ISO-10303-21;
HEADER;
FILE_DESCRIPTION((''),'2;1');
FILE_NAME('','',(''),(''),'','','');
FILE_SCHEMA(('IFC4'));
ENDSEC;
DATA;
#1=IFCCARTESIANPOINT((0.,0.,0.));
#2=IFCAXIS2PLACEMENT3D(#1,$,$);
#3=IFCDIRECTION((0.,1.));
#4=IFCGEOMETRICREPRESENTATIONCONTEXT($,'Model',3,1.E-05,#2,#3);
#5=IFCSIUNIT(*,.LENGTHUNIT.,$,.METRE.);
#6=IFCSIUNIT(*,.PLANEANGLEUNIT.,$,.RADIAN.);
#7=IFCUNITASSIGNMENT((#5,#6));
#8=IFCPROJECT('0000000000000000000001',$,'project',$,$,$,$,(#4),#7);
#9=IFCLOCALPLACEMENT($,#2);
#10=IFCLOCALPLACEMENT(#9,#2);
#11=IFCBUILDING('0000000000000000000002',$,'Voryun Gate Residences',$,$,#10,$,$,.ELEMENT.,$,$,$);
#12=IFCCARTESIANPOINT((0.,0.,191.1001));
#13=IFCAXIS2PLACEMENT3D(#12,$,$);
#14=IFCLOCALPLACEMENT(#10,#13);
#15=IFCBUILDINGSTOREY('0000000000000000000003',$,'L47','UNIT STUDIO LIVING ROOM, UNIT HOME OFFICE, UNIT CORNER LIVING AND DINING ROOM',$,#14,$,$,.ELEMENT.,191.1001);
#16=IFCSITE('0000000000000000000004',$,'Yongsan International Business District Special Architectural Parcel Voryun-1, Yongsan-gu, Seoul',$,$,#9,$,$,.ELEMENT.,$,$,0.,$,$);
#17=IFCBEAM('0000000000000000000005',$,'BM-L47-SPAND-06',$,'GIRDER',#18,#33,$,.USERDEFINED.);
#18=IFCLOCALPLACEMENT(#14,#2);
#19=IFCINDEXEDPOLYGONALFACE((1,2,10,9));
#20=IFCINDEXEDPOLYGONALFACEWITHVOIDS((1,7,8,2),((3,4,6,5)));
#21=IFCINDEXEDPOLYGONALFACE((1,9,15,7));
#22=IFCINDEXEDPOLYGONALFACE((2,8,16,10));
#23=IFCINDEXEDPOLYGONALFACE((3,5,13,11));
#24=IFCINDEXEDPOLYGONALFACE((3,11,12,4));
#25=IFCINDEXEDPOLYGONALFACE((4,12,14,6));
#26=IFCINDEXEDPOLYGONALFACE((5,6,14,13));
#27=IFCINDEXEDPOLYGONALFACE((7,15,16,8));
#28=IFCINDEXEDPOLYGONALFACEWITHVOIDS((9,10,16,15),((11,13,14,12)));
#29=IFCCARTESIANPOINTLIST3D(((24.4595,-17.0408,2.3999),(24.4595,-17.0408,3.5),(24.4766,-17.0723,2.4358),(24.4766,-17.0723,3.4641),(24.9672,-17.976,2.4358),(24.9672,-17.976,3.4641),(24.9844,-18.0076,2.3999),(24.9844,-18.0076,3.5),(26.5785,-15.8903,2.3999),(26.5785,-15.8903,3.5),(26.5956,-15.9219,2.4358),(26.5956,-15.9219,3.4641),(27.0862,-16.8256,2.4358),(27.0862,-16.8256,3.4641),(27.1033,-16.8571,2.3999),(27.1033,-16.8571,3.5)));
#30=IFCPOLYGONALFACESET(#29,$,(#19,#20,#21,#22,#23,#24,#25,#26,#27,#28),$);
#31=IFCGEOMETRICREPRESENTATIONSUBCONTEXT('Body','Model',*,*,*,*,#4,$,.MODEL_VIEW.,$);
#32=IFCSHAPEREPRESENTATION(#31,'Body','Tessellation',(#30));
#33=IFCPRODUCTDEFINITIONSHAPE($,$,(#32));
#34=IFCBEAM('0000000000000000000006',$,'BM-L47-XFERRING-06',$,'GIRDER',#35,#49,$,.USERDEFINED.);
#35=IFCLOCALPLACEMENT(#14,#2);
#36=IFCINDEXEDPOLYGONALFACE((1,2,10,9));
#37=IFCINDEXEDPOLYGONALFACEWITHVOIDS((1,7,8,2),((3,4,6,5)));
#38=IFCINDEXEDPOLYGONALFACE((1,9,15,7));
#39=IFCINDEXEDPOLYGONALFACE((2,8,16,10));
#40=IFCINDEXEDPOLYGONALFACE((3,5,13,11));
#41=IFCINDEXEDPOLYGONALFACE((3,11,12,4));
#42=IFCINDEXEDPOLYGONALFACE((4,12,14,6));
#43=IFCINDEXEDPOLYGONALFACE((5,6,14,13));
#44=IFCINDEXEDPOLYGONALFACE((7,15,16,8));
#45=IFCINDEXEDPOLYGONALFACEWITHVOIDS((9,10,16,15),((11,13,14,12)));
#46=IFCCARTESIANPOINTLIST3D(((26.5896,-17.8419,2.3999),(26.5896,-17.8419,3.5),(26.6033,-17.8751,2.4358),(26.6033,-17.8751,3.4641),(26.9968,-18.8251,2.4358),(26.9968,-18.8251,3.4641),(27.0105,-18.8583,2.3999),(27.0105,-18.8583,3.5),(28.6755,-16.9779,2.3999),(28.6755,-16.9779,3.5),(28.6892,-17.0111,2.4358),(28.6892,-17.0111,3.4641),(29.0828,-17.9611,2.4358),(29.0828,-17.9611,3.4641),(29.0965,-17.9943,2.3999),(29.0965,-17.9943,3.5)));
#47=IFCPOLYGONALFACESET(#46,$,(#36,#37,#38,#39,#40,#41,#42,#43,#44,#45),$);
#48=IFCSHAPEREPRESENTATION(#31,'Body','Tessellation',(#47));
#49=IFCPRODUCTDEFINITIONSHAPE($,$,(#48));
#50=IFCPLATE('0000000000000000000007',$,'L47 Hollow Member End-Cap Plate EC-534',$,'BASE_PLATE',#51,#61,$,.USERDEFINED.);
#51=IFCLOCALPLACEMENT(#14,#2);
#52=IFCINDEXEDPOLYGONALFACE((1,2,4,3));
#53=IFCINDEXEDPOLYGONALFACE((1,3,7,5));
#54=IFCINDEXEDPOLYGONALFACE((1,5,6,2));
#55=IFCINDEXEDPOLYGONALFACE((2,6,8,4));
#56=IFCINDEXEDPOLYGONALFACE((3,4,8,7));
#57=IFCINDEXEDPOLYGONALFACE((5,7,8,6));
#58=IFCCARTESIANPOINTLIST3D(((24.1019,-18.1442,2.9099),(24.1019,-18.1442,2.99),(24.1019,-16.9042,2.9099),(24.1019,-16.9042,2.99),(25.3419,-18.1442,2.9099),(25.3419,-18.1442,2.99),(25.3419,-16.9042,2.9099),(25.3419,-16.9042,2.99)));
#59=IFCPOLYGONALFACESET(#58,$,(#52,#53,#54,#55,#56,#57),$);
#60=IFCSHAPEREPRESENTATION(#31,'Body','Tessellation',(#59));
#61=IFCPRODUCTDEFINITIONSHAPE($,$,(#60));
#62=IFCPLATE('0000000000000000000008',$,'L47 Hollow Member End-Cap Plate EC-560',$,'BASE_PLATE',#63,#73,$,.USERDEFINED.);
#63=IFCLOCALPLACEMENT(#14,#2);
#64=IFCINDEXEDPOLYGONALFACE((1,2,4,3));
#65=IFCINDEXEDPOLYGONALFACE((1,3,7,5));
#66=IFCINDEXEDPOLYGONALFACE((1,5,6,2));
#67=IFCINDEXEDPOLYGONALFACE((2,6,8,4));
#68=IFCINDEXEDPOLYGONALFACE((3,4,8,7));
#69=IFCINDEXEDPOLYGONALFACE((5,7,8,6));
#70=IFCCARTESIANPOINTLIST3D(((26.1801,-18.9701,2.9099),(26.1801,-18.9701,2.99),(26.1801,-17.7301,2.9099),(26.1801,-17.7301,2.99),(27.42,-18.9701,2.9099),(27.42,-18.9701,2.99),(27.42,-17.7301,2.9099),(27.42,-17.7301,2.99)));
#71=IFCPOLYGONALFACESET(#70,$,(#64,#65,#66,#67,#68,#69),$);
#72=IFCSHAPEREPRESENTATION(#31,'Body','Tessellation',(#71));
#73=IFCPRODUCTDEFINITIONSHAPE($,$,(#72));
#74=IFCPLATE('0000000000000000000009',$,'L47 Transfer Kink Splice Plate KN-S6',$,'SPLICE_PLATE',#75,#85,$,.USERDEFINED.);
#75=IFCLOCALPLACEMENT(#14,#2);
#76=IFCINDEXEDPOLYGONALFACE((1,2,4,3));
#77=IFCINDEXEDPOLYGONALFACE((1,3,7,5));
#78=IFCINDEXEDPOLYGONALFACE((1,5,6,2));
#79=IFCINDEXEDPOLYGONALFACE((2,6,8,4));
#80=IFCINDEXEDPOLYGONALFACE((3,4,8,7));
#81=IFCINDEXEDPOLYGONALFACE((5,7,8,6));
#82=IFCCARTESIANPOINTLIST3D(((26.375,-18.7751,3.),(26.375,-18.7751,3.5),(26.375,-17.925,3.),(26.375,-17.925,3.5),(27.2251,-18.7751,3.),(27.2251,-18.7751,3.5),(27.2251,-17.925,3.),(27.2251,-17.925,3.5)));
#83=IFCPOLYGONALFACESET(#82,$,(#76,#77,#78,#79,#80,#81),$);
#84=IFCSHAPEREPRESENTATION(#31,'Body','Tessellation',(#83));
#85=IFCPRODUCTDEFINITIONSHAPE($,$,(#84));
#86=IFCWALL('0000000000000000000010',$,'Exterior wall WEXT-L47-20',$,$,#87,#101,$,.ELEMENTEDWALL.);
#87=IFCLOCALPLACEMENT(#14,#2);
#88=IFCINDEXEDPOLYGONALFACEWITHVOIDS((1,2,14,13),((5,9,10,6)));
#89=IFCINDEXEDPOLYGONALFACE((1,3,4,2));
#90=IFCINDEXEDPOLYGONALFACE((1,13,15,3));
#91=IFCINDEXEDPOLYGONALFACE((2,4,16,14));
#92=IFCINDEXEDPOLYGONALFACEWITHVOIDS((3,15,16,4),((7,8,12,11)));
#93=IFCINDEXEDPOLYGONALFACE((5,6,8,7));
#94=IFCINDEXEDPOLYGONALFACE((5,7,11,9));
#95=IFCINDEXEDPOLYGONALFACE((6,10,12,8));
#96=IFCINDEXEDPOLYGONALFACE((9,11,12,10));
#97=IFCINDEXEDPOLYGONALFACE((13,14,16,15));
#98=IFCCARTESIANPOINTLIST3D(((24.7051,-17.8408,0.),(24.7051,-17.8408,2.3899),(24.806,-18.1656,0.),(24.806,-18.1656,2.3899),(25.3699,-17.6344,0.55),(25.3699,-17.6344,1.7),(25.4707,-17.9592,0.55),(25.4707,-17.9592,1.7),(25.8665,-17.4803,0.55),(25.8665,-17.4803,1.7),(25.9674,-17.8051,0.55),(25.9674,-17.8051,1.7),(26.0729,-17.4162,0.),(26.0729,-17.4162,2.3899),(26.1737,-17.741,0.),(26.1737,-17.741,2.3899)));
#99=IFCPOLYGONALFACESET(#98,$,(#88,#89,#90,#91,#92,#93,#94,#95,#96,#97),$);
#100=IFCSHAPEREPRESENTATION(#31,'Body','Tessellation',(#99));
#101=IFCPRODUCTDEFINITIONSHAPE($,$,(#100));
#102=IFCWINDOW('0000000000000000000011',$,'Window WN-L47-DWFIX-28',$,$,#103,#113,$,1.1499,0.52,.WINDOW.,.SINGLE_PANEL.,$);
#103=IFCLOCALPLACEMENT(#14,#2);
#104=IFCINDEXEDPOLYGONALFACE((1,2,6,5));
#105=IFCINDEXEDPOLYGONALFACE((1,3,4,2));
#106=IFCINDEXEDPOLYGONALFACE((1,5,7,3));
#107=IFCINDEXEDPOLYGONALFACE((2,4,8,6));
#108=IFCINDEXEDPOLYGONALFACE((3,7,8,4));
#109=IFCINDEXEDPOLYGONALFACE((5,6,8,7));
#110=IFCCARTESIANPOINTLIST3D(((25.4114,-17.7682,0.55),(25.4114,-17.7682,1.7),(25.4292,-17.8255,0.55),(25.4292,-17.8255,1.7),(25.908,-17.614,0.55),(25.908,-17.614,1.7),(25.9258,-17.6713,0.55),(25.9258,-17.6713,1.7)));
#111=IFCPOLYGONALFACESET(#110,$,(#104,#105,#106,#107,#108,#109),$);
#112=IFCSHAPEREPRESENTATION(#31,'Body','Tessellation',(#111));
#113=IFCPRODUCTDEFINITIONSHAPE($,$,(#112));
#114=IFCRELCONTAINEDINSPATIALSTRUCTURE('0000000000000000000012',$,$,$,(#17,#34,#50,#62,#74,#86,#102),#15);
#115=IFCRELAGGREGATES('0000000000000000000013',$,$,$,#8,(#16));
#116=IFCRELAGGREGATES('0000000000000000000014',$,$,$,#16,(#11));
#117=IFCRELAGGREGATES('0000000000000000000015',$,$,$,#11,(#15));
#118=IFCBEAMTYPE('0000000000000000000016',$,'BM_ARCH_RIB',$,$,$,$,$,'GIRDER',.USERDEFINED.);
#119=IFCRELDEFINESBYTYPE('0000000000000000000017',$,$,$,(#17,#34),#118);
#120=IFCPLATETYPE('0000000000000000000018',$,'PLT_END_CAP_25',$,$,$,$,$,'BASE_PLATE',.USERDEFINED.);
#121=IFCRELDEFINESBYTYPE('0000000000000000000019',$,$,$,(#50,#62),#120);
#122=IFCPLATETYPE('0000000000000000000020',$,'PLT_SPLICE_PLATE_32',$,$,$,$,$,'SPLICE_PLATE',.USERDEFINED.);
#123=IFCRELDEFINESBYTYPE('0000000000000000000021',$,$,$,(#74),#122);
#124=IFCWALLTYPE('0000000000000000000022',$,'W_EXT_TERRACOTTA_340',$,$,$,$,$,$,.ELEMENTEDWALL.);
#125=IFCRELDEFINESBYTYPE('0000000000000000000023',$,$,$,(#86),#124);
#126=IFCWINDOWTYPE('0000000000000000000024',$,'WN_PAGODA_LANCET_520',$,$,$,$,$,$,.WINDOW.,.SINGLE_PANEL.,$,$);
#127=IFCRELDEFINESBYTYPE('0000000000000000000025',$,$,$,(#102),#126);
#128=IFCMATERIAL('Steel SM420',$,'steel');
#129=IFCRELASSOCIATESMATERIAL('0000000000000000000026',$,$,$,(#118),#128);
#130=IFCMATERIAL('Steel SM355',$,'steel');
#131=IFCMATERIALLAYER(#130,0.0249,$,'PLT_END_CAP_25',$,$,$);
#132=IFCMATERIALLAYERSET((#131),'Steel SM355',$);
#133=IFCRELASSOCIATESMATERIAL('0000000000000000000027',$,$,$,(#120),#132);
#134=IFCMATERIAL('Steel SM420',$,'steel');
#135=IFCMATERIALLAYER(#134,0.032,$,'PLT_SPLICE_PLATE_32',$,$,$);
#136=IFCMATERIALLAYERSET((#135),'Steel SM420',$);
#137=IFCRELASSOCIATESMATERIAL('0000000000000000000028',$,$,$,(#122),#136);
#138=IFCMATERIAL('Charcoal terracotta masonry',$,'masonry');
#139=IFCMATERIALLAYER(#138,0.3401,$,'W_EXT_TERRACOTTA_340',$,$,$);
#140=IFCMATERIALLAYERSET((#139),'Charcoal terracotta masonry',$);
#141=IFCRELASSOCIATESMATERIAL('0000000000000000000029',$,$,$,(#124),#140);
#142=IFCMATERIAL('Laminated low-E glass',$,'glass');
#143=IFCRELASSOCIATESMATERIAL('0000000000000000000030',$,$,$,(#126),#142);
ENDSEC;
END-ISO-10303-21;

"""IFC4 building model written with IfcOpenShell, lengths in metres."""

from ifc_helpers import new_model, si_unit, direction, frame, frame_2d, origin, origin_2d, place, context, subcontext, project, spatial, rectangle, hollow_rectangle, extrude, material, layer, layer_set, material_profile, profile_set, type_object, element, fill, save


model = new_model("IFC4")

# Units and contexts
model_context = context("Model", 3, precision=1e-05, world=origin(), true_north=direction((0.0, 1.0)))
body_context = subcontext(model_context, "Body", "Model", "MODEL_VIEW")
ifc_project = project(units=[si_unit("LENGTHUNIT", "METRE"), si_unit("PLANEANGLEUNIT", "RADIAN")], contexts=[model_context])

# Site, building, storey
site_placement = place(None, origin())
site = spatial("IfcSite", under=ifc_project, at=site_placement, Name="Yongsan International Business District Special Architectural Parcel Voryun-1, Yongsan-gu, Seoul", CompositionType="ELEMENT", RefElevation=0.0)
building_placement = place(site_placement, origin())
building = spatial("IfcBuilding", under=site, at=building_placement, Name="Voryun Gate Residences", CompositionType="ELEMENT")
storey_placement = place(building_placement, frame((0.0, 0.0, 191.1001)))
storey = spatial("IfcBuildingStorey", under=building, at=storey_placement, Name="L47", Description="UNIT STUDIO LIVING ROOM, UNIT HOME OFFICE, UNIT CORNER LIVING AND DINING ROOM", CompositionType="ELEMENT", Elevation=191.1001)

# Beams
ifc_material_1 = material(Name="Steel SM420", Category="steel")
ifc_material_profile = material_profile(ifc_material_1, hollow_rectangle(XDim=1.1001, YDim=1.1001, WallThickness=0.0359, at=origin_2d()), Name="BOX-1100x1100x36")
ifc_profile_set = profile_set([ifc_material_profile], Name="Steel SM420")
beam_type = type_object("IfcBeamType", Name="BM_ARCH_RIB", ElementType="GIRDER", PredefinedType="USERDEFINED", material=ifc_profile_set)
beam_1_placement = place(storey_placement, frame((24.7219, -17.5242, 2.95), z_axis=(0.87883, 0.477134, 0.0), x_axis=(-0.477134, 0.87883, 0.0)))
element("IfcBeam", 1, at=beam_1_placement, inside=storey, type_object=beam_type, Name="BM-L47-SPAND-06", ObjectType="GIRDER", PredefinedType="USERDEFINED", context=body_context, shape_type="SweptSolid", body=[
    extrude(hollow_rectangle(XDim=1.1001, YDim=1.1001, WallThickness=0.0359, at=origin_2d()), origin(), (0.0, 0.0, 1.0), 2.4111),
])
beam_2_placement = place(storey_placement, frame((26.8, -18.3501, 2.95), z_axis=(0.923881, 0.38268, 0.0), x_axis=(-0.38268, 0.923881, 0.0)))
element("IfcBeam", 2, at=beam_2_placement, inside=storey, type_object=beam_type, Name="BM-L47-XFERRING-06", ObjectType="GIRDER", PredefinedType="USERDEFINED", context=body_context, shape_type="SweptSolid", body=[
    extrude(hollow_rectangle(XDim=1.1001, YDim=1.1001, WallThickness=0.0359, at=origin_2d()), origin(), (0.0, 0.0, 1.0), 2.2578),
])

# Plates
ifc_material_2 = material(Name="Steel SM355", Category="steel")
ifc_layer_1 = layer(ifc_material_2, 0.0249, Name="PLT_END_CAP_25")
ifc_layer_set_1 = layer_set([ifc_layer_1], Name="Steel SM355")
plate_type_1 = type_object("IfcPlateType", Name="PLT_END_CAP_25", ElementType="BASE_PLATE", PredefinedType="USERDEFINED", material=ifc_layer_set_1)
for number, where, z_axis, x_axis, name in (
    (3, (24.7219, -17.5242, 2.9099), (0.0, 0.0, 1.0), (1.0, 0.0, 0.0), "L47 Hollow Member End-Cap Plate EC-534"),
    (4, (26.8, -18.3501, 2.9099), (0.0, 0.0, 1.0), (1.0, 0.0, 0.0), "L47 Hollow Member End-Cap Plate EC-560"),
):
    element("IfcPlate", number, at=place(storey_placement, frame(where, z_axis=z_axis, x_axis=x_axis)), inside=storey, type_object=plate_type_1, Name=name, ObjectType="BASE_PLATE", PredefinedType="USERDEFINED", context=body_context, shape_type="SweptSolid", body=[
        extrude(rectangle(XDim=1.24, YDim=1.24, at=origin_2d()), origin(), (0.0, 0.0, 1.0), 0.0801),
    ])
ifc_material_3 = material(Name="Steel SM420", Category="steel")
ifc_layer_2 = layer(ifc_material_3, 0.032, Name="PLT_SPLICE_PLATE_32")
ifc_layer_set_2 = layer_set([ifc_layer_2], Name="Steel SM420")
plate_type_2 = type_object("IfcPlateType", Name="PLT_SPLICE_PLATE_32", ElementType="SPLICE_PLATE", PredefinedType="USERDEFINED", material=ifc_layer_set_2)
plate_placement = place(storey_placement, frame((26.8, -18.3501, 3.0), z_axis=(0.0, 0.0, 1.0), x_axis=(1.0, 0.0, 0.0)))
element("IfcPlate", 5, at=plate_placement, inside=storey, type_object=plate_type_2, Name="L47 Transfer Kink Splice Plate KN-S6", ObjectType="SPLICE_PLATE", PredefinedType="USERDEFINED", context=body_context, shape_type="SweptSolid", body=[
    extrude(rectangle(XDim=0.8501, YDim=0.8501, at=origin_2d()), origin(), (0.0, 0.0, 1.0), 0.5),
])

# Shared definitions
ifc_material_4 = material(Name="Charcoal terracotta masonry", Category="masonry")
ifc_layer_3 = layer(ifc_material_4, 0.3401, Name="W_EXT_TERRACOTTA_340")
ifc_layer_set_3 = layer_set([ifc_layer_3], Name="Charcoal terracotta masonry")
wall_type = type_object("IfcWallType", Name="W_EXT_TERRACOTTA_340", PredefinedType="ELEMENTEDWALL", material=ifc_layer_set_3)

# Wall, opening, window
wall_1_placement = place(storey_placement, frame((26.1233, -17.5786, 0.0), z_axis=(0.0, 0.0, 1.0), x_axis=(-0.955043, -0.296469, 0.0)))
wall_1 = element("IfcWall", 6, at=wall_1_placement, inside=storey, type_object=wall_type, Name="Exterior wall WEXT-L47-20", PredefinedType="ELEMENTEDWALL", context=body_context, shape_type="SweptSolid", body=[
    extrude(rectangle(XDim=1.4321, YDim=0.3401, at=frame_2d((0.7161, 0.0))), origin(), (0.0, 0.0, 1.0), 2.3899),
])
opening_1_placement = place(wall_1_placement, frame((0.2161, 0.0, 0.55)))
opening_1 = element("IfcOpeningElement", 7, at=opening_1_placement, cuts=wall_1, PredefinedType="OPENING", context=body_context, shape_type="SweptSolid", body=[
    extrude(rectangle(XDim=0.52, YDim=1.1499, at=frame_2d((0.26, 0.575))), frame((0.0, 0.1799, 0.0), z_axis=(0.0, -1.0, 0.0), x_axis=(1.0, 0.0, 0.0)), (0.0, 0.0, 1.0), 0.3601),
])
ifc_material_5 = material(Name="Laminated low-E glass", Category="glass")
window_type_1 = type_object("IfcWindowType", Name="WN_PAGODA_LANCET_520", PartitioningType="SINGLE_PANEL", PredefinedType="WINDOW", material=ifc_material_5)
window_1_placement = place(opening_1_placement, origin())
window_1 = element("IfcWindow", 8, at=window_1_placement, inside=storey, type_object=window_type_1, Name="Window WN-L47-DWFIX-28", OverallHeight=1.1499, OverallWidth=0.52, PartitioningType="SINGLE_PANEL", PredefinedType="WINDOW", context=body_context, shape_type="SweptSolid", body=[
    extrude(rectangle(XDim=0.52, YDim=1.1499, at=frame_2d((0.26, 0.575))), frame((0.0, 0.03, 0.0), z_axis=(0.0, -1.0, 0.0), x_axis=(1.0, 0.0, 0.0)), (0.0, 0.0, 1.0), 0.0601),
])
fill(opening_1, window_1)

save(model, "model.ifc")
